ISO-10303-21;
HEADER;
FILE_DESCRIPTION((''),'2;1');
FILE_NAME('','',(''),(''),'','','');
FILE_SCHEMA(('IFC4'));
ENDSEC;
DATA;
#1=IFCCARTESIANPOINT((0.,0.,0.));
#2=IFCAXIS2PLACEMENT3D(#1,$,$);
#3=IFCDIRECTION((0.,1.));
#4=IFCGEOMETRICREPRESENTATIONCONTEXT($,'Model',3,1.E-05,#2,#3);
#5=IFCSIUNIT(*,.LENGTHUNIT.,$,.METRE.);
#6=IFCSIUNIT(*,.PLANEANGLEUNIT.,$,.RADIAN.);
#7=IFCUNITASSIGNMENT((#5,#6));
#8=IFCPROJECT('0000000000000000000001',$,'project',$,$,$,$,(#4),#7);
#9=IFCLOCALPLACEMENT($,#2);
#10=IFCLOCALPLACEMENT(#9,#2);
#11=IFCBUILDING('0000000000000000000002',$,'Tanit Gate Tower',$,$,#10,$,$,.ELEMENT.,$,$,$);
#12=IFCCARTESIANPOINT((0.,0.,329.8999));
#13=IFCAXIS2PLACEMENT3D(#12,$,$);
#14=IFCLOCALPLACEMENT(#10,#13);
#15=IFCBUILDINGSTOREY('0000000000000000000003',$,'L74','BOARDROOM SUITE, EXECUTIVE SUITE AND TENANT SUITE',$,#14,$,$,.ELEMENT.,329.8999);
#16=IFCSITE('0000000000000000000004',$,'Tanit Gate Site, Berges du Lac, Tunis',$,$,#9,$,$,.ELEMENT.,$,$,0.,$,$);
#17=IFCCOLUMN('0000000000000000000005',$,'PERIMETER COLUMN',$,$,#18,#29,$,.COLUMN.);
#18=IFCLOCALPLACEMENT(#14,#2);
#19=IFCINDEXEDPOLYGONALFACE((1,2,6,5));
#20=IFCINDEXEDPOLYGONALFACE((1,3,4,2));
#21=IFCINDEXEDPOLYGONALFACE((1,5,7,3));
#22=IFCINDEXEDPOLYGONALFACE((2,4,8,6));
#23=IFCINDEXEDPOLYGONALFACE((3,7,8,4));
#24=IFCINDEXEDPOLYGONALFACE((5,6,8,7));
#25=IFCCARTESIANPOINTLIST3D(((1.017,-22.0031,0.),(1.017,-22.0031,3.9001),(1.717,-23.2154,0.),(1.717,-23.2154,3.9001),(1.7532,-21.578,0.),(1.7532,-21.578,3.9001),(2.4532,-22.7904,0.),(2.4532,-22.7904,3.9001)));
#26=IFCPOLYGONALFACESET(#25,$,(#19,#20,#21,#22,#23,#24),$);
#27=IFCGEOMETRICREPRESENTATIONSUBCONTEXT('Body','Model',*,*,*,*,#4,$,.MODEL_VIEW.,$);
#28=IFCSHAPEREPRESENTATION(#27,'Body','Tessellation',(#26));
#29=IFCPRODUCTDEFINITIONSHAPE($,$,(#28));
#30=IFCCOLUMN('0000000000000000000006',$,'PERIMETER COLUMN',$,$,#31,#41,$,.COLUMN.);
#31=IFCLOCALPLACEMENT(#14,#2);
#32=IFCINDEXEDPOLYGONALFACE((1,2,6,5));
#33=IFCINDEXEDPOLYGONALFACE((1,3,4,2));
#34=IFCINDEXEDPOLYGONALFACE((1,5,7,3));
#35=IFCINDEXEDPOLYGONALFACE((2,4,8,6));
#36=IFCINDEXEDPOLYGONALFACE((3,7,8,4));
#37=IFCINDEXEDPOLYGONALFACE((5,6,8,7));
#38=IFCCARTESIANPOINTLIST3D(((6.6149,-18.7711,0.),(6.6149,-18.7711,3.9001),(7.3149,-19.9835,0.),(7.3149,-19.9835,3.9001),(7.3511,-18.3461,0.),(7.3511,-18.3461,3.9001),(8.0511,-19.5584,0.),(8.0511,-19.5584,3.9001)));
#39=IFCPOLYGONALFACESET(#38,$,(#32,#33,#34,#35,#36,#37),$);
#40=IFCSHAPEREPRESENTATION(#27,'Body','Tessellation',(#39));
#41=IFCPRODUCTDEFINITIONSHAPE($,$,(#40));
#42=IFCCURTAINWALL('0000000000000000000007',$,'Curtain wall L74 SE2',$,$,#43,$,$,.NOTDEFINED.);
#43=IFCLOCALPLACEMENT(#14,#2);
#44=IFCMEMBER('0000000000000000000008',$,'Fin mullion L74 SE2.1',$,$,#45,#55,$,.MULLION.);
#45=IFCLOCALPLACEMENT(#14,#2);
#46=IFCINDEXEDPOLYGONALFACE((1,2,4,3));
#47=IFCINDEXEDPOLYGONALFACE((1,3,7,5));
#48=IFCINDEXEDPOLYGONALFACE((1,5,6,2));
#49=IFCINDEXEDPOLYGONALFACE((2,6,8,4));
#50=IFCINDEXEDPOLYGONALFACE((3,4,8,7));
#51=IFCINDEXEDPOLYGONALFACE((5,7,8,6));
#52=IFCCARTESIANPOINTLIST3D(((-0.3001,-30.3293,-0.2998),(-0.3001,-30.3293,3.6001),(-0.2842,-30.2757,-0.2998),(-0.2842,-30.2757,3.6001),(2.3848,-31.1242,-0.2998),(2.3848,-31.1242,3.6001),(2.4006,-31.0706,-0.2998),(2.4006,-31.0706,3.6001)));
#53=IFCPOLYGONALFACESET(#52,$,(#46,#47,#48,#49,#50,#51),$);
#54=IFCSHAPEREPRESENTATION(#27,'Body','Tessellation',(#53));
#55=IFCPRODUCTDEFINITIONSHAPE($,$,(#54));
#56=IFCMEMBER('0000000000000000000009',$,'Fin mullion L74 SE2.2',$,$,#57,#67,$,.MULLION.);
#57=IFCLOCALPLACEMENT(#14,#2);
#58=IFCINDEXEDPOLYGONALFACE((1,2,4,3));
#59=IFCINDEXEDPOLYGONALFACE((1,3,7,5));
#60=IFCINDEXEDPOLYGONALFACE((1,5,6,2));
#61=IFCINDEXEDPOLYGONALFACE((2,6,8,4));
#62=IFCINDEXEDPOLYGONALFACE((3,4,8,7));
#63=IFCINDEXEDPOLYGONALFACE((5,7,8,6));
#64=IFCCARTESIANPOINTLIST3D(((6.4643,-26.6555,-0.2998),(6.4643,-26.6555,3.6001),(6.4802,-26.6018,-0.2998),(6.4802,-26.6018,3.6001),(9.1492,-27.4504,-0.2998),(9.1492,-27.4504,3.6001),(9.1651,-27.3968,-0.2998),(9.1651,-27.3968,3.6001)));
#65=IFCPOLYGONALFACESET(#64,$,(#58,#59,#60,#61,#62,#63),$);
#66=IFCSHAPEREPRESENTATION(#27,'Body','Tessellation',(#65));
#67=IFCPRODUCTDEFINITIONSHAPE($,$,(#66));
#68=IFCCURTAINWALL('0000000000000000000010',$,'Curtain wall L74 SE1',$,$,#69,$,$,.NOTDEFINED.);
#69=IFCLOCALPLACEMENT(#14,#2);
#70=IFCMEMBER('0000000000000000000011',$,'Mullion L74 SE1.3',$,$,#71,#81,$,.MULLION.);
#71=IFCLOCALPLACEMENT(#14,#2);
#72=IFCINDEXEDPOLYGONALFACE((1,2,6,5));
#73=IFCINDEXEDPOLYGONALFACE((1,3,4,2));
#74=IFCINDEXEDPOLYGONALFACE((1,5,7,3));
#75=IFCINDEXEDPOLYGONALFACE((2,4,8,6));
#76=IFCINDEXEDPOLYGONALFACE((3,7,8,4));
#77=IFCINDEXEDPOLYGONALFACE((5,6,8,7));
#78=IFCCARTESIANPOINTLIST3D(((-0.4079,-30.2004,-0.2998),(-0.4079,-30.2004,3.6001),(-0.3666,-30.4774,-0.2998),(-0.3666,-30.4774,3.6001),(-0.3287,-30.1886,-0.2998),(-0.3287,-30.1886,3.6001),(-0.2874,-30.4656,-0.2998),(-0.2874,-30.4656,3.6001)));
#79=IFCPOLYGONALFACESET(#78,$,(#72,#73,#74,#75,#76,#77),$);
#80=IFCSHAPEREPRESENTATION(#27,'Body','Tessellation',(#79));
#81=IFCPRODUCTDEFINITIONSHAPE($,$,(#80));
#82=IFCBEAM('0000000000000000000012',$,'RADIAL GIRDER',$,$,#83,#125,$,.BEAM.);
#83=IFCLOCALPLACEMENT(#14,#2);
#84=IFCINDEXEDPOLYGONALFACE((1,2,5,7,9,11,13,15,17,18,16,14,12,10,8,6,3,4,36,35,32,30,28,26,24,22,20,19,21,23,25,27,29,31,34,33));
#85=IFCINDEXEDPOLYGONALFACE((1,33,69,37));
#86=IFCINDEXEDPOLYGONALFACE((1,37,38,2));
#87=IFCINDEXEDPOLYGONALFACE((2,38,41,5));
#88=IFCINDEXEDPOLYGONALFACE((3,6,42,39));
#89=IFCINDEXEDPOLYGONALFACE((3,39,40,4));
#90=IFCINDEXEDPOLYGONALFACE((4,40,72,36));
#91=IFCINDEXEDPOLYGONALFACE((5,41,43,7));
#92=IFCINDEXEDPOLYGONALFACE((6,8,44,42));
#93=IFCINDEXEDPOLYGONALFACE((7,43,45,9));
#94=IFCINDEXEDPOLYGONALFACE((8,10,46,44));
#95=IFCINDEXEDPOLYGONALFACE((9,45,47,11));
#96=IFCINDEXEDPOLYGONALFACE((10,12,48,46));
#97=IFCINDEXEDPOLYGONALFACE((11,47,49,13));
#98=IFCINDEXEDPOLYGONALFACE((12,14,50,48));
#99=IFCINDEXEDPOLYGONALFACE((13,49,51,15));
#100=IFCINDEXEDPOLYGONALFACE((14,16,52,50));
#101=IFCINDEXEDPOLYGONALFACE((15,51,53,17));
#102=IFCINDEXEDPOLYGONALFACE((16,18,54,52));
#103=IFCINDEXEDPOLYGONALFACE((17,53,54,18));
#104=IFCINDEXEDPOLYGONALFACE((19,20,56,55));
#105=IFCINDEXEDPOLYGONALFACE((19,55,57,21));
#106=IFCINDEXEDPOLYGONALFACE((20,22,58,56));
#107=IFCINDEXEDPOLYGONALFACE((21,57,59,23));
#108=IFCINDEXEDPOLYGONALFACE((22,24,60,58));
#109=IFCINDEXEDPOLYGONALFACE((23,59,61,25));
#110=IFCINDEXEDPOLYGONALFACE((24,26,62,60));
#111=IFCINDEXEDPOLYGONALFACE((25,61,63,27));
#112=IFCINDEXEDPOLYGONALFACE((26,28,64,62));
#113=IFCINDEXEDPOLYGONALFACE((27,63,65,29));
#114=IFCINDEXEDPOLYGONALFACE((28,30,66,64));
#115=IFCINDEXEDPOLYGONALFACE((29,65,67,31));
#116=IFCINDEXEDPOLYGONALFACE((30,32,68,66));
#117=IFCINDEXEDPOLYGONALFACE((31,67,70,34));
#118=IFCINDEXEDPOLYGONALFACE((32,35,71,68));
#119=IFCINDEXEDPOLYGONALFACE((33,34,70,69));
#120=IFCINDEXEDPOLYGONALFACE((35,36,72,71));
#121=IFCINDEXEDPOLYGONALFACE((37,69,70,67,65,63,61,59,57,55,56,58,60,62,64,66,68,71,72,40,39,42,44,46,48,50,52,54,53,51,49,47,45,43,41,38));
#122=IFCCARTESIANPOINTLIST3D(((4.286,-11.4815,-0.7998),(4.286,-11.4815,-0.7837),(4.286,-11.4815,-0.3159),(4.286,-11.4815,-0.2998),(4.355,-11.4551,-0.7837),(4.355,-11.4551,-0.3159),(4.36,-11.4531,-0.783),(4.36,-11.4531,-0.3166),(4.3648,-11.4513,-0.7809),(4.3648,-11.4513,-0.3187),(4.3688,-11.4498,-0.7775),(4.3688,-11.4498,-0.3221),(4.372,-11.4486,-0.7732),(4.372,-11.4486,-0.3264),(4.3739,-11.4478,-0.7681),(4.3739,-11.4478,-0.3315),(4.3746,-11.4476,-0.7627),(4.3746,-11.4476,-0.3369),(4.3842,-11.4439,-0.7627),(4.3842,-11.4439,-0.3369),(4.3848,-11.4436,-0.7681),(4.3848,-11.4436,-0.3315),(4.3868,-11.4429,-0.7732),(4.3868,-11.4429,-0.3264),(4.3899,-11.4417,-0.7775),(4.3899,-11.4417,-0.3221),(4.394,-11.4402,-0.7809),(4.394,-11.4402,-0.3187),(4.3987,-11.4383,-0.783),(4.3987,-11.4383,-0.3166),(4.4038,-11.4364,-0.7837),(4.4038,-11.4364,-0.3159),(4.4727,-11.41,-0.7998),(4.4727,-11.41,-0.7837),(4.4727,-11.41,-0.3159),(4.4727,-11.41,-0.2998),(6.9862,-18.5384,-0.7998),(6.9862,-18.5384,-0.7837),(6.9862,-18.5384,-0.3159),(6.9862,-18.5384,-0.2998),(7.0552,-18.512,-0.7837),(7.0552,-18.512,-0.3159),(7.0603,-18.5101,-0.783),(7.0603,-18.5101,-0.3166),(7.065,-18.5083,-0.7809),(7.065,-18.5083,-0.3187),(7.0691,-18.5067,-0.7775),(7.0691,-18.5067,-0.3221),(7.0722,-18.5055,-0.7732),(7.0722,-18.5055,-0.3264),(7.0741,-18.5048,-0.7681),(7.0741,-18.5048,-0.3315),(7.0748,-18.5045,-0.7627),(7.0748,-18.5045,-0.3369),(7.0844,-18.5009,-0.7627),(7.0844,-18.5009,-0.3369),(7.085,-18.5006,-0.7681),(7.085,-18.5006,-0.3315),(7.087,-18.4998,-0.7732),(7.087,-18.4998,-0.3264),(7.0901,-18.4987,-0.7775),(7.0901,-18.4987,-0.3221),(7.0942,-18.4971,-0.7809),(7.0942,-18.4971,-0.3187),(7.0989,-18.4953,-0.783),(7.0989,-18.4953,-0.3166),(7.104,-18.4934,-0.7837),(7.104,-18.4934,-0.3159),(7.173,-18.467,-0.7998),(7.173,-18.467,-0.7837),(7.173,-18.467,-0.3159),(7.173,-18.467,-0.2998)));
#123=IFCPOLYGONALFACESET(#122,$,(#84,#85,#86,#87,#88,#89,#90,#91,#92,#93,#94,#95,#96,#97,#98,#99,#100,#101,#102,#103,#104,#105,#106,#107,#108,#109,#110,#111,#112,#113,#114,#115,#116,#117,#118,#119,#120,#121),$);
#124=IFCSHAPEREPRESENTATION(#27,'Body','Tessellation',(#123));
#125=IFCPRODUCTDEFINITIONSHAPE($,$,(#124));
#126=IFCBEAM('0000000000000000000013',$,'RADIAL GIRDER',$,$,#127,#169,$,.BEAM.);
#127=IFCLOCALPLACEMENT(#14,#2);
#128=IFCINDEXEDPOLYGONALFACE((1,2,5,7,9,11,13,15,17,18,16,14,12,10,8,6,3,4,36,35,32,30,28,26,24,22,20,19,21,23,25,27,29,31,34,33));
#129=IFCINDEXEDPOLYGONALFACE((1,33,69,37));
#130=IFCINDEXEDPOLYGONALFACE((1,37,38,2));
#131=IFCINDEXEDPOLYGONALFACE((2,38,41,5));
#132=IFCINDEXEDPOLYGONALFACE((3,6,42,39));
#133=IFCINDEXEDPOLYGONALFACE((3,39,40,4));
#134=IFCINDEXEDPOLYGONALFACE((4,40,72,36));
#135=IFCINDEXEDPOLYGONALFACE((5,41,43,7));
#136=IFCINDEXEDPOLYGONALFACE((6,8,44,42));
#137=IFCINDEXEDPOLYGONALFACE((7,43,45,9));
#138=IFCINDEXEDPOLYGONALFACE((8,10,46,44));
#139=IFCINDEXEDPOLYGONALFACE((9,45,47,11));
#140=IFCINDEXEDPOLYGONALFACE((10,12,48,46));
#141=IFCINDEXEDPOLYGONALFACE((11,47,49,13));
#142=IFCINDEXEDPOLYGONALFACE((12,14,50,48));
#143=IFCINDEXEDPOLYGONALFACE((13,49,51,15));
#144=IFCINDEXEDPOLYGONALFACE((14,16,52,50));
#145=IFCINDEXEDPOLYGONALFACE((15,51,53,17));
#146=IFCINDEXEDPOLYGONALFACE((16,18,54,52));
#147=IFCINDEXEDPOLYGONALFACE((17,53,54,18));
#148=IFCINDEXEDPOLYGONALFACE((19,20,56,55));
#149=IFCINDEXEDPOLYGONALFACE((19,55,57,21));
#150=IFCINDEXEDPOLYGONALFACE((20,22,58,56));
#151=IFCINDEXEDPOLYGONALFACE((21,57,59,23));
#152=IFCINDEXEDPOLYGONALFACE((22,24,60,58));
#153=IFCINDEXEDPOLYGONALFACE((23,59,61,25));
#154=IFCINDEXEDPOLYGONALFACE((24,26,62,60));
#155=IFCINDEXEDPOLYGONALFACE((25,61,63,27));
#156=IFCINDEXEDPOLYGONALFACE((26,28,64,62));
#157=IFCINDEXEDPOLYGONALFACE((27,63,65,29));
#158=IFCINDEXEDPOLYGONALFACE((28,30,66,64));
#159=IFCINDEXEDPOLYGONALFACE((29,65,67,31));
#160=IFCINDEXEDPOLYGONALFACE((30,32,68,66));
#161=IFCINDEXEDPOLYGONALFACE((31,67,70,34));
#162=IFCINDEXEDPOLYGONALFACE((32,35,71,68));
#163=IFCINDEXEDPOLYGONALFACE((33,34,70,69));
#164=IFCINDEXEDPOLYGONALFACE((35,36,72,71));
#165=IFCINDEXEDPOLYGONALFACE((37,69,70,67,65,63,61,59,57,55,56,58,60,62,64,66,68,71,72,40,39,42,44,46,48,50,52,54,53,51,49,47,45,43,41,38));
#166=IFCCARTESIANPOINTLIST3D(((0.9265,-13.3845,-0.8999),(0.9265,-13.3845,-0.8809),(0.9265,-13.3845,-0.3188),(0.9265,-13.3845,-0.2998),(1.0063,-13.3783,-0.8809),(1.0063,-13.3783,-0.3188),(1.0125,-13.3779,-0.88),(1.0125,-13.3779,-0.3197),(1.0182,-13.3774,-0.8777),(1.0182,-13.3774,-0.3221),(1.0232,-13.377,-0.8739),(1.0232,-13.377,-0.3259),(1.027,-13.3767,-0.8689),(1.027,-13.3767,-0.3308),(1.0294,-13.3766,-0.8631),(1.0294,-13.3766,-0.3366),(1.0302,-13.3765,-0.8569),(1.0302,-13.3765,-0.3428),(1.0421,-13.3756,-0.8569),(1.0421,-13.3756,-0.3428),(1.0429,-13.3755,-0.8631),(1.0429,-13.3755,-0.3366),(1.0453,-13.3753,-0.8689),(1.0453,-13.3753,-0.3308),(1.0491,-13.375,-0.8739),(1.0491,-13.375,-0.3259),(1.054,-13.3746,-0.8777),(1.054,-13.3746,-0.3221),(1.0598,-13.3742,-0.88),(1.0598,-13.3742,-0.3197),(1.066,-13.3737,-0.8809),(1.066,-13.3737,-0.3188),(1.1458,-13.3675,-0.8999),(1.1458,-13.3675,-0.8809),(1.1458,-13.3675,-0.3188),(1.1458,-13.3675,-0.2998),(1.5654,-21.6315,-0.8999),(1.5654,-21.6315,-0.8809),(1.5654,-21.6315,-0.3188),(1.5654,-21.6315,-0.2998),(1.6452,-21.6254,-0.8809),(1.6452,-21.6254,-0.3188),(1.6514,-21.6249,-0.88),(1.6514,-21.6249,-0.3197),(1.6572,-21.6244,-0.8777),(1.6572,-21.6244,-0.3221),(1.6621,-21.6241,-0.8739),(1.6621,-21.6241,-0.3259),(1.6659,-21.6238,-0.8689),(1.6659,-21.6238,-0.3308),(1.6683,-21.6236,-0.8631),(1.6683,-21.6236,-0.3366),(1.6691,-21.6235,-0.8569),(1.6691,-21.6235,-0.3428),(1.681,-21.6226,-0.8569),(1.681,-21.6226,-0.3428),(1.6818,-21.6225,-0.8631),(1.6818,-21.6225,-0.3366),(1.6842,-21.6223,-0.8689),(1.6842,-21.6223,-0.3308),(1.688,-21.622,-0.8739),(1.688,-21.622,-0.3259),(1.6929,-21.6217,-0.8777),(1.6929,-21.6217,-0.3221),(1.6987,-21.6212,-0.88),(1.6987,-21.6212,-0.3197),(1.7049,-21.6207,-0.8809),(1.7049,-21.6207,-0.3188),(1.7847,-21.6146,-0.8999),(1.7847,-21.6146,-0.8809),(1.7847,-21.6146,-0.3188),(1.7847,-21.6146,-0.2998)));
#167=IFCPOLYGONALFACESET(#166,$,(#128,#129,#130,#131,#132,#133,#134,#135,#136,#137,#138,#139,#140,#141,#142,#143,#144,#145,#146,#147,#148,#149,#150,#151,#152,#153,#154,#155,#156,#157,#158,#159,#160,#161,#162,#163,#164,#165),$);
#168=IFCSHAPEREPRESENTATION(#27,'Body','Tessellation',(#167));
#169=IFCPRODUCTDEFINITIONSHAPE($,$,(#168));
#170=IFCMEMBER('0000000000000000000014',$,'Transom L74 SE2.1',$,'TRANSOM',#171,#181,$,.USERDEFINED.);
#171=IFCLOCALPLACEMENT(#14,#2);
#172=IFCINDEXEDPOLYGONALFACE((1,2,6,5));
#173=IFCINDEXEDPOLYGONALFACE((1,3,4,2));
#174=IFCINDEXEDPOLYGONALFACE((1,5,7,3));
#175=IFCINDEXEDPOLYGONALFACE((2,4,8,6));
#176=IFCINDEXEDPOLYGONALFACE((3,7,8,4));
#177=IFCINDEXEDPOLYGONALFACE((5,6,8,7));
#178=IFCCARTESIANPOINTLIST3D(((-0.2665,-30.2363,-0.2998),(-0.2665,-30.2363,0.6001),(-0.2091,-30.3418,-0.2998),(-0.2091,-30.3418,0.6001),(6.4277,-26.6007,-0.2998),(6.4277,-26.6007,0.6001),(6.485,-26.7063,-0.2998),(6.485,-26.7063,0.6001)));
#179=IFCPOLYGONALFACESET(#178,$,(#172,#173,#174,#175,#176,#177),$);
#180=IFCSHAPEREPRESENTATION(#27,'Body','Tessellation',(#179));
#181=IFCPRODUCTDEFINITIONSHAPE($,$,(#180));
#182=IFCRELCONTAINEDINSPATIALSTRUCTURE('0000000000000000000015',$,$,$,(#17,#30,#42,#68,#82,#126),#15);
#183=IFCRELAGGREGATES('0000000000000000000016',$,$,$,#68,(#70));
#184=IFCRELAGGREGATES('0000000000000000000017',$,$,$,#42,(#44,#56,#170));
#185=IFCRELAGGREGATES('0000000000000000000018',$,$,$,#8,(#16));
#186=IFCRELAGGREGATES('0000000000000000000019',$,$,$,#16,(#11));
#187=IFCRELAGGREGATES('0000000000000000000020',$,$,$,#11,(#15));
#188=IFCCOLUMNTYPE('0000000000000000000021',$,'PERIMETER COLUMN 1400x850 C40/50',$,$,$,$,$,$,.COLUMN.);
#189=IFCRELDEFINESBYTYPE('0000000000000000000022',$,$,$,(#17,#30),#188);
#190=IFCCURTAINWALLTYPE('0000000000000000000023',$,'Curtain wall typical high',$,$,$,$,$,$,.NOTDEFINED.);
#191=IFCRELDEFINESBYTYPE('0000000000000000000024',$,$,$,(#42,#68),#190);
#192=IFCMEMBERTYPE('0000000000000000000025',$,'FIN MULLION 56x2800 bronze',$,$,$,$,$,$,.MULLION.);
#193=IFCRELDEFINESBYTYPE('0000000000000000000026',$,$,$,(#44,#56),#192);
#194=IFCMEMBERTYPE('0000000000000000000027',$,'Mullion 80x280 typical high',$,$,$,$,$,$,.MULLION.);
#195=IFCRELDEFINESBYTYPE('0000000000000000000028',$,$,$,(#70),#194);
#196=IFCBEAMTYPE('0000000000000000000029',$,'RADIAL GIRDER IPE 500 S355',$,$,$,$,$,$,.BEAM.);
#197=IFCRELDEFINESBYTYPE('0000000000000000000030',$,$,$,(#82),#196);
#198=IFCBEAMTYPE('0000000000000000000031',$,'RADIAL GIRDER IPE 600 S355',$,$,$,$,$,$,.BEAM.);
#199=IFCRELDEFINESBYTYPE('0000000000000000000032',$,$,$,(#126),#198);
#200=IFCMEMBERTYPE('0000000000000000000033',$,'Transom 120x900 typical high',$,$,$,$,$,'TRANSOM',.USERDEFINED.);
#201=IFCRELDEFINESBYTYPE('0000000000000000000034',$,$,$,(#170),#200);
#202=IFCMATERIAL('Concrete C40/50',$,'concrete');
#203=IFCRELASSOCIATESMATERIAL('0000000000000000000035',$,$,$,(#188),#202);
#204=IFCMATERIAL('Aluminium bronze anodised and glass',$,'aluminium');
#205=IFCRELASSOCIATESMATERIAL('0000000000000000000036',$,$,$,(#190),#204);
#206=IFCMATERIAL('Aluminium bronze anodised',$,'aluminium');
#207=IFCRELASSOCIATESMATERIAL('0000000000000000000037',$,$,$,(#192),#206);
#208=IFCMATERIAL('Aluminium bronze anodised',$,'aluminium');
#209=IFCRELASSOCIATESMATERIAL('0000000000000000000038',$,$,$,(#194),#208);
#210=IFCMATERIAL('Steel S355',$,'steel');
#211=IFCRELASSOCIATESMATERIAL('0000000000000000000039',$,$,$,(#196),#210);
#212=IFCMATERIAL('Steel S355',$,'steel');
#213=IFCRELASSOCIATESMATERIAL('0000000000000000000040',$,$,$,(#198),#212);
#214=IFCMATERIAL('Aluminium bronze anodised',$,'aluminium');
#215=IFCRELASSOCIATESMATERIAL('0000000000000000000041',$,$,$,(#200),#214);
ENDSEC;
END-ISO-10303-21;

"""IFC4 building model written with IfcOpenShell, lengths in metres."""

from ifc_helpers import new_model, si_unit, direction, frame, origin, origin_2d, place, context, subcontext, project, spatial, rectangle, i_section, extrude, material, material_profile, profile_set, type_object, element, aggregate, save


model = new_model("IFC4")

# Units and contexts
model_context = context("Model", 3, precision=1e-05, world=origin(), true_north=direction((0.0, 1.0)))
body_context = subcontext(model_context, "Body", "Model", "MODEL_VIEW")
ifc_project = project(units=[si_unit("LENGTHUNIT", "METRE"), si_unit("PLANEANGLEUNIT", "RADIAN")], contexts=[model_context])

# Site, building, storey
site_placement = place(None, origin())
site = spatial("IfcSite", under=ifc_project, at=site_placement, Name="Tanit Gate Site, Berges du Lac, Tunis", CompositionType="ELEMENT", RefElevation=0.0)
building_placement = place(site_placement, origin())
building = spatial("IfcBuilding", under=site, at=building_placement, Name="Tanit Gate Tower", CompositionType="ELEMENT")
storey_placement = place(building_placement, frame((0.0, 0.0, 329.8999)))
storey = spatial("IfcBuildingStorey", under=building, at=storey_placement, Name="L74", Description="BOARDROOM SUITE, EXECUTIVE SUITE AND TENANT SUITE", CompositionType="ELEMENT", Elevation=329.8999)

# Columns
ifc_material_1 = material(Name="Concrete C40/50", Category="concrete")
ifc_material_profile_1 = material_profile(ifc_material_1, rectangle(XDim=1.3999, YDim=0.8501, at=origin_2d()), Name="RC 1400x850")
ifc_profile_set_1 = profile_set([ifc_material_profile_1], Name="Concrete C40/50")
column_type = type_object("IfcColumnType", Name="PERIMETER COLUMN 1400x850 C40/50", PredefinedType="COLUMN", material=ifc_profile_set_1)
for number, where, z_axis, x_axis, name in (
    (1, (1.7351, -22.3967, 0.0), (0.0, 0.0, 1.0), (0.5, -0.866025, 0.0), "PERIMETER COLUMN"),
    (2, (7.333, -19.1648, 0.0), (0.0, 0.0, 1.0), (0.5, -0.866025, 0.0), "PERIMETER COLUMN"),
):
    element("IfcColumn", number, at=place(storey_placement, frame(where, z_axis=z_axis, x_axis=x_axis)), inside=storey, type_object=column_type, Name=name, PredefinedType="COLUMN", context=body_context, shape_type="SweptSolid", body=[
        extrude(rectangle(XDim=1.3999, YDim=0.8501, at=origin_2d()), origin(), (0.0, 0.0, 1.0), 3.9001),
    ])

# Curtain wall, members
ifc_material_2 = material(Name="Aluminium bronze anodised and glass", Category="aluminium")
curtain_wall_type = type_object("IfcCurtainWallType", Name="Curtain wall typical high", PredefinedType="NOTDEFINED", material=ifc_material_2)
curtain_wall_1_placement = place(storey_placement, origin())
curtain_wall_1 = element("IfcCurtainWall", 3, at=curtain_wall_1_placement, inside=storey, type_object=curtain_wall_type, Name="Curtain wall L74 SE2", PredefinedType="NOTDEFINED")
ifc_material_3 = material(Name="Aluminium bronze anodised", Category="aluminium")
ifc_material_profile_2 = material_profile(ifc_material_3, rectangle(XDim=2.8, YDim=0.0559, at=origin_2d()), Name="56x2800 bronze fin mullion")
ifc_profile_set_2 = profile_set([ifc_material_profile_2], Name="Aluminium bronze anodised")
member_type_1 = type_object("IfcMemberType", Name="FIN MULLION 56x2800 bronze", PredefinedType="MULLION", material=ifc_profile_set_2)
member_1_placement = place(storey_placement, frame((1.0503, -30.7, -0.2998), z_axis=(0.0, 0.0, 1.0), x_axis=(-0.958852, 0.283906, 0.0)))
member_1 = element("IfcMember", 4, at=member_1_placement, type_object=member_type_1, Name="Fin mullion L74 SE2.1", PredefinedType="MULLION", context=body_context, shape_type="SweptSolid", body=[
    extrude(rectangle(XDim=2.8, YDim=0.0559, at=origin_2d()), origin(), (0.0, 0.0, 1.0), 3.8999),
])
member_2_placement = place(storey_placement, frame((7.8147, -27.0261, -0.2998), z_axis=(0.0, 0.0, 1.0), x_axis=(-0.958852, 0.283906, 0.0)))
member_2 = element("IfcMember", 5, at=member_2_placement, type_object=member_type_1, Name="Fin mullion L74 SE2.2", PredefinedType="MULLION", context=body_context, shape_type="SweptSolid", body=[
    extrude(rectangle(XDim=2.8, YDim=0.0559, at=origin_2d()), origin(), (0.0, 0.0, 1.0), 3.8999),
])

# Curtain wall, member
curtain_wall_2_placement = place(storey_placement, origin())
curtain_wall_2 = element("IfcCurtainWall", 6, at=curtain_wall_2_placement, inside=storey, type_object=curtain_wall_type, Name="Curtain wall L74 SE1", PredefinedType="NOTDEFINED")
ifc_material_4 = material(Name="Aluminium bronze anodised", Category="aluminium")
ifc_material_profile_3 = material_profile(ifc_material_4, rectangle(XDim=0.28, YDim=0.0801, at=origin_2d()), Name="80x280 bronze mullion")
ifc_profile_set_3 = profile_set([ifc_material_profile_3], Name="Aluminium bronze anodised")
member_type_2 = type_object("IfcMemberType", Name="Mullion 80x280 typical high", PredefinedType="MULLION", material=ifc_profile_set_3)
member_3_placement = place(storey_placement, frame((-0.3477, -30.333, -0.2998), z_axis=(0.0, 0.0, 1.0), x_axis=(-0.147205, 0.989106, 0.0)))
member_3 = element("IfcMember", 7, at=member_3_placement, type_object=member_type_2, Name="Mullion L74 SE1.3", PredefinedType="MULLION", context=body_context, shape_type="SweptSolid", body=[
    extrude(rectangle(XDim=0.28, YDim=0.0801, at=origin_2d()), origin(), (0.0, 0.0, 1.0), 3.8999),
])
aggregate(curtain_wall_2, [member_3])

# Beams
ifc_material_5 = material(Name="Steel S355", Category="steel")
ifc_material_profile_4 = material_profile(ifc_material_5, i_section(OverallWidth=0.2, OverallDepth=0.5, WebThickness=0.0103, FlangeThickness=0.0161, FilletRadius=0.021, at=origin_2d()), Name="IPE 500")
ifc_profile_set_4 = profile_set([ifc_material_profile_4], Name="Steel S355")
beam_type_1 = type_object("IfcBeamType", Name="RADIAL GIRDER IPE 500 S355", PredefinedType="BEAM", material=ifc_profile_set_4)
beam_1_placement = place(storey_placement, frame((7.0796, -18.5027, -0.5498), z_axis=(-0.357365, 0.933965, 0.0), x_axis=(-0.933965, -0.357365, 0.0)))
element("IfcBeam", 8, at=beam_1_placement, inside=storey, type_object=beam_type_1, Name="RADIAL GIRDER", PredefinedType="BEAM", context=body_context, shape_type="SweptSolid", body=[
    extrude(i_section(OverallWidth=0.2, OverallDepth=0.5, WebThickness=0.0103, FlangeThickness=0.0161, FilletRadius=0.021, at=origin_2d()), origin(), (0.0, 0.0, 1.0), 7.5559),
])
ifc_material_6 = material(Name="Steel S355", Category="steel")
ifc_material_profile_5 = material_profile(ifc_material_6, i_section(OverallWidth=0.22, OverallDepth=0.6001, WebThickness=0.012, FlangeThickness=0.019, FilletRadius=0.0239, at=origin_2d()), Name="IPE 600")
ifc_profile_set_5 = profile_set([ifc_material_profile_5], Name="Steel S355")
beam_type_2 = type_object("IfcBeamType", Name="RADIAL GIRDER IPE 600 S355", PredefinedType="BEAM", material=ifc_profile_set_5)
beam_2_placement = place(storey_placement, frame((1.675, -21.623, -0.5999), z_axis=(-0.07724, 0.997012, 0.0), x_axis=(-0.997012, -0.07724, 0.0)))
element("IfcBeam", 9, at=beam_2_placement, inside=storey, type_object=beam_type_2, Name="RADIAL GIRDER", PredefinedType="BEAM", context=body_context, shape_type="SweptSolid", body=[
    extrude(i_section(OverallWidth=0.22, OverallDepth=0.6001, WebThickness=0.012, FlangeThickness=0.019, FilletRadius=0.0239, at=origin_2d()), origin(), (0.0, 0.0, 1.0), 8.2717),
])

# Member
ifc_material_7 = material(Name="Aluminium bronze anodised", Category="aluminium")
ifc_material_profile_6 = material_profile(ifc_material_7, rectangle(XDim=0.1201, YDim=0.8999, at=origin_2d()), Name="120x900 bronze transom")
ifc_profile_set_6 = profile_set([ifc_material_profile_6], Name="Aluminium bronze anodised")
member_type_3 = type_object("IfcMemberType", Name="Transom 120x900 typical high", ElementType="TRANSOM", PredefinedType="USERDEFINED", material=ifc_profile_set_6)
member_4_placement = place(storey_placement, frame((-0.2378, -30.2891, 0.1501), z_axis=(0.878767, 0.47725, 0.0), x_axis=(-0.47725, 0.878767, 0.0)))
member_4 = element("IfcMember", 10, at=member_4_placement, type_object=member_type_3, Name="Transom L74 SE2.1", ObjectType="TRANSOM", PredefinedType="USERDEFINED", context=body_context, shape_type="SweptSolid", body=[
    extrude(rectangle(XDim=0.1201, YDim=0.8999, at=origin_2d()), origin(), (0.0, 0.0, 1.0), 7.6177),
])

aggregate(curtain_wall_1, [member_1, member_2, member_4])

save(model, "model.ifc")
